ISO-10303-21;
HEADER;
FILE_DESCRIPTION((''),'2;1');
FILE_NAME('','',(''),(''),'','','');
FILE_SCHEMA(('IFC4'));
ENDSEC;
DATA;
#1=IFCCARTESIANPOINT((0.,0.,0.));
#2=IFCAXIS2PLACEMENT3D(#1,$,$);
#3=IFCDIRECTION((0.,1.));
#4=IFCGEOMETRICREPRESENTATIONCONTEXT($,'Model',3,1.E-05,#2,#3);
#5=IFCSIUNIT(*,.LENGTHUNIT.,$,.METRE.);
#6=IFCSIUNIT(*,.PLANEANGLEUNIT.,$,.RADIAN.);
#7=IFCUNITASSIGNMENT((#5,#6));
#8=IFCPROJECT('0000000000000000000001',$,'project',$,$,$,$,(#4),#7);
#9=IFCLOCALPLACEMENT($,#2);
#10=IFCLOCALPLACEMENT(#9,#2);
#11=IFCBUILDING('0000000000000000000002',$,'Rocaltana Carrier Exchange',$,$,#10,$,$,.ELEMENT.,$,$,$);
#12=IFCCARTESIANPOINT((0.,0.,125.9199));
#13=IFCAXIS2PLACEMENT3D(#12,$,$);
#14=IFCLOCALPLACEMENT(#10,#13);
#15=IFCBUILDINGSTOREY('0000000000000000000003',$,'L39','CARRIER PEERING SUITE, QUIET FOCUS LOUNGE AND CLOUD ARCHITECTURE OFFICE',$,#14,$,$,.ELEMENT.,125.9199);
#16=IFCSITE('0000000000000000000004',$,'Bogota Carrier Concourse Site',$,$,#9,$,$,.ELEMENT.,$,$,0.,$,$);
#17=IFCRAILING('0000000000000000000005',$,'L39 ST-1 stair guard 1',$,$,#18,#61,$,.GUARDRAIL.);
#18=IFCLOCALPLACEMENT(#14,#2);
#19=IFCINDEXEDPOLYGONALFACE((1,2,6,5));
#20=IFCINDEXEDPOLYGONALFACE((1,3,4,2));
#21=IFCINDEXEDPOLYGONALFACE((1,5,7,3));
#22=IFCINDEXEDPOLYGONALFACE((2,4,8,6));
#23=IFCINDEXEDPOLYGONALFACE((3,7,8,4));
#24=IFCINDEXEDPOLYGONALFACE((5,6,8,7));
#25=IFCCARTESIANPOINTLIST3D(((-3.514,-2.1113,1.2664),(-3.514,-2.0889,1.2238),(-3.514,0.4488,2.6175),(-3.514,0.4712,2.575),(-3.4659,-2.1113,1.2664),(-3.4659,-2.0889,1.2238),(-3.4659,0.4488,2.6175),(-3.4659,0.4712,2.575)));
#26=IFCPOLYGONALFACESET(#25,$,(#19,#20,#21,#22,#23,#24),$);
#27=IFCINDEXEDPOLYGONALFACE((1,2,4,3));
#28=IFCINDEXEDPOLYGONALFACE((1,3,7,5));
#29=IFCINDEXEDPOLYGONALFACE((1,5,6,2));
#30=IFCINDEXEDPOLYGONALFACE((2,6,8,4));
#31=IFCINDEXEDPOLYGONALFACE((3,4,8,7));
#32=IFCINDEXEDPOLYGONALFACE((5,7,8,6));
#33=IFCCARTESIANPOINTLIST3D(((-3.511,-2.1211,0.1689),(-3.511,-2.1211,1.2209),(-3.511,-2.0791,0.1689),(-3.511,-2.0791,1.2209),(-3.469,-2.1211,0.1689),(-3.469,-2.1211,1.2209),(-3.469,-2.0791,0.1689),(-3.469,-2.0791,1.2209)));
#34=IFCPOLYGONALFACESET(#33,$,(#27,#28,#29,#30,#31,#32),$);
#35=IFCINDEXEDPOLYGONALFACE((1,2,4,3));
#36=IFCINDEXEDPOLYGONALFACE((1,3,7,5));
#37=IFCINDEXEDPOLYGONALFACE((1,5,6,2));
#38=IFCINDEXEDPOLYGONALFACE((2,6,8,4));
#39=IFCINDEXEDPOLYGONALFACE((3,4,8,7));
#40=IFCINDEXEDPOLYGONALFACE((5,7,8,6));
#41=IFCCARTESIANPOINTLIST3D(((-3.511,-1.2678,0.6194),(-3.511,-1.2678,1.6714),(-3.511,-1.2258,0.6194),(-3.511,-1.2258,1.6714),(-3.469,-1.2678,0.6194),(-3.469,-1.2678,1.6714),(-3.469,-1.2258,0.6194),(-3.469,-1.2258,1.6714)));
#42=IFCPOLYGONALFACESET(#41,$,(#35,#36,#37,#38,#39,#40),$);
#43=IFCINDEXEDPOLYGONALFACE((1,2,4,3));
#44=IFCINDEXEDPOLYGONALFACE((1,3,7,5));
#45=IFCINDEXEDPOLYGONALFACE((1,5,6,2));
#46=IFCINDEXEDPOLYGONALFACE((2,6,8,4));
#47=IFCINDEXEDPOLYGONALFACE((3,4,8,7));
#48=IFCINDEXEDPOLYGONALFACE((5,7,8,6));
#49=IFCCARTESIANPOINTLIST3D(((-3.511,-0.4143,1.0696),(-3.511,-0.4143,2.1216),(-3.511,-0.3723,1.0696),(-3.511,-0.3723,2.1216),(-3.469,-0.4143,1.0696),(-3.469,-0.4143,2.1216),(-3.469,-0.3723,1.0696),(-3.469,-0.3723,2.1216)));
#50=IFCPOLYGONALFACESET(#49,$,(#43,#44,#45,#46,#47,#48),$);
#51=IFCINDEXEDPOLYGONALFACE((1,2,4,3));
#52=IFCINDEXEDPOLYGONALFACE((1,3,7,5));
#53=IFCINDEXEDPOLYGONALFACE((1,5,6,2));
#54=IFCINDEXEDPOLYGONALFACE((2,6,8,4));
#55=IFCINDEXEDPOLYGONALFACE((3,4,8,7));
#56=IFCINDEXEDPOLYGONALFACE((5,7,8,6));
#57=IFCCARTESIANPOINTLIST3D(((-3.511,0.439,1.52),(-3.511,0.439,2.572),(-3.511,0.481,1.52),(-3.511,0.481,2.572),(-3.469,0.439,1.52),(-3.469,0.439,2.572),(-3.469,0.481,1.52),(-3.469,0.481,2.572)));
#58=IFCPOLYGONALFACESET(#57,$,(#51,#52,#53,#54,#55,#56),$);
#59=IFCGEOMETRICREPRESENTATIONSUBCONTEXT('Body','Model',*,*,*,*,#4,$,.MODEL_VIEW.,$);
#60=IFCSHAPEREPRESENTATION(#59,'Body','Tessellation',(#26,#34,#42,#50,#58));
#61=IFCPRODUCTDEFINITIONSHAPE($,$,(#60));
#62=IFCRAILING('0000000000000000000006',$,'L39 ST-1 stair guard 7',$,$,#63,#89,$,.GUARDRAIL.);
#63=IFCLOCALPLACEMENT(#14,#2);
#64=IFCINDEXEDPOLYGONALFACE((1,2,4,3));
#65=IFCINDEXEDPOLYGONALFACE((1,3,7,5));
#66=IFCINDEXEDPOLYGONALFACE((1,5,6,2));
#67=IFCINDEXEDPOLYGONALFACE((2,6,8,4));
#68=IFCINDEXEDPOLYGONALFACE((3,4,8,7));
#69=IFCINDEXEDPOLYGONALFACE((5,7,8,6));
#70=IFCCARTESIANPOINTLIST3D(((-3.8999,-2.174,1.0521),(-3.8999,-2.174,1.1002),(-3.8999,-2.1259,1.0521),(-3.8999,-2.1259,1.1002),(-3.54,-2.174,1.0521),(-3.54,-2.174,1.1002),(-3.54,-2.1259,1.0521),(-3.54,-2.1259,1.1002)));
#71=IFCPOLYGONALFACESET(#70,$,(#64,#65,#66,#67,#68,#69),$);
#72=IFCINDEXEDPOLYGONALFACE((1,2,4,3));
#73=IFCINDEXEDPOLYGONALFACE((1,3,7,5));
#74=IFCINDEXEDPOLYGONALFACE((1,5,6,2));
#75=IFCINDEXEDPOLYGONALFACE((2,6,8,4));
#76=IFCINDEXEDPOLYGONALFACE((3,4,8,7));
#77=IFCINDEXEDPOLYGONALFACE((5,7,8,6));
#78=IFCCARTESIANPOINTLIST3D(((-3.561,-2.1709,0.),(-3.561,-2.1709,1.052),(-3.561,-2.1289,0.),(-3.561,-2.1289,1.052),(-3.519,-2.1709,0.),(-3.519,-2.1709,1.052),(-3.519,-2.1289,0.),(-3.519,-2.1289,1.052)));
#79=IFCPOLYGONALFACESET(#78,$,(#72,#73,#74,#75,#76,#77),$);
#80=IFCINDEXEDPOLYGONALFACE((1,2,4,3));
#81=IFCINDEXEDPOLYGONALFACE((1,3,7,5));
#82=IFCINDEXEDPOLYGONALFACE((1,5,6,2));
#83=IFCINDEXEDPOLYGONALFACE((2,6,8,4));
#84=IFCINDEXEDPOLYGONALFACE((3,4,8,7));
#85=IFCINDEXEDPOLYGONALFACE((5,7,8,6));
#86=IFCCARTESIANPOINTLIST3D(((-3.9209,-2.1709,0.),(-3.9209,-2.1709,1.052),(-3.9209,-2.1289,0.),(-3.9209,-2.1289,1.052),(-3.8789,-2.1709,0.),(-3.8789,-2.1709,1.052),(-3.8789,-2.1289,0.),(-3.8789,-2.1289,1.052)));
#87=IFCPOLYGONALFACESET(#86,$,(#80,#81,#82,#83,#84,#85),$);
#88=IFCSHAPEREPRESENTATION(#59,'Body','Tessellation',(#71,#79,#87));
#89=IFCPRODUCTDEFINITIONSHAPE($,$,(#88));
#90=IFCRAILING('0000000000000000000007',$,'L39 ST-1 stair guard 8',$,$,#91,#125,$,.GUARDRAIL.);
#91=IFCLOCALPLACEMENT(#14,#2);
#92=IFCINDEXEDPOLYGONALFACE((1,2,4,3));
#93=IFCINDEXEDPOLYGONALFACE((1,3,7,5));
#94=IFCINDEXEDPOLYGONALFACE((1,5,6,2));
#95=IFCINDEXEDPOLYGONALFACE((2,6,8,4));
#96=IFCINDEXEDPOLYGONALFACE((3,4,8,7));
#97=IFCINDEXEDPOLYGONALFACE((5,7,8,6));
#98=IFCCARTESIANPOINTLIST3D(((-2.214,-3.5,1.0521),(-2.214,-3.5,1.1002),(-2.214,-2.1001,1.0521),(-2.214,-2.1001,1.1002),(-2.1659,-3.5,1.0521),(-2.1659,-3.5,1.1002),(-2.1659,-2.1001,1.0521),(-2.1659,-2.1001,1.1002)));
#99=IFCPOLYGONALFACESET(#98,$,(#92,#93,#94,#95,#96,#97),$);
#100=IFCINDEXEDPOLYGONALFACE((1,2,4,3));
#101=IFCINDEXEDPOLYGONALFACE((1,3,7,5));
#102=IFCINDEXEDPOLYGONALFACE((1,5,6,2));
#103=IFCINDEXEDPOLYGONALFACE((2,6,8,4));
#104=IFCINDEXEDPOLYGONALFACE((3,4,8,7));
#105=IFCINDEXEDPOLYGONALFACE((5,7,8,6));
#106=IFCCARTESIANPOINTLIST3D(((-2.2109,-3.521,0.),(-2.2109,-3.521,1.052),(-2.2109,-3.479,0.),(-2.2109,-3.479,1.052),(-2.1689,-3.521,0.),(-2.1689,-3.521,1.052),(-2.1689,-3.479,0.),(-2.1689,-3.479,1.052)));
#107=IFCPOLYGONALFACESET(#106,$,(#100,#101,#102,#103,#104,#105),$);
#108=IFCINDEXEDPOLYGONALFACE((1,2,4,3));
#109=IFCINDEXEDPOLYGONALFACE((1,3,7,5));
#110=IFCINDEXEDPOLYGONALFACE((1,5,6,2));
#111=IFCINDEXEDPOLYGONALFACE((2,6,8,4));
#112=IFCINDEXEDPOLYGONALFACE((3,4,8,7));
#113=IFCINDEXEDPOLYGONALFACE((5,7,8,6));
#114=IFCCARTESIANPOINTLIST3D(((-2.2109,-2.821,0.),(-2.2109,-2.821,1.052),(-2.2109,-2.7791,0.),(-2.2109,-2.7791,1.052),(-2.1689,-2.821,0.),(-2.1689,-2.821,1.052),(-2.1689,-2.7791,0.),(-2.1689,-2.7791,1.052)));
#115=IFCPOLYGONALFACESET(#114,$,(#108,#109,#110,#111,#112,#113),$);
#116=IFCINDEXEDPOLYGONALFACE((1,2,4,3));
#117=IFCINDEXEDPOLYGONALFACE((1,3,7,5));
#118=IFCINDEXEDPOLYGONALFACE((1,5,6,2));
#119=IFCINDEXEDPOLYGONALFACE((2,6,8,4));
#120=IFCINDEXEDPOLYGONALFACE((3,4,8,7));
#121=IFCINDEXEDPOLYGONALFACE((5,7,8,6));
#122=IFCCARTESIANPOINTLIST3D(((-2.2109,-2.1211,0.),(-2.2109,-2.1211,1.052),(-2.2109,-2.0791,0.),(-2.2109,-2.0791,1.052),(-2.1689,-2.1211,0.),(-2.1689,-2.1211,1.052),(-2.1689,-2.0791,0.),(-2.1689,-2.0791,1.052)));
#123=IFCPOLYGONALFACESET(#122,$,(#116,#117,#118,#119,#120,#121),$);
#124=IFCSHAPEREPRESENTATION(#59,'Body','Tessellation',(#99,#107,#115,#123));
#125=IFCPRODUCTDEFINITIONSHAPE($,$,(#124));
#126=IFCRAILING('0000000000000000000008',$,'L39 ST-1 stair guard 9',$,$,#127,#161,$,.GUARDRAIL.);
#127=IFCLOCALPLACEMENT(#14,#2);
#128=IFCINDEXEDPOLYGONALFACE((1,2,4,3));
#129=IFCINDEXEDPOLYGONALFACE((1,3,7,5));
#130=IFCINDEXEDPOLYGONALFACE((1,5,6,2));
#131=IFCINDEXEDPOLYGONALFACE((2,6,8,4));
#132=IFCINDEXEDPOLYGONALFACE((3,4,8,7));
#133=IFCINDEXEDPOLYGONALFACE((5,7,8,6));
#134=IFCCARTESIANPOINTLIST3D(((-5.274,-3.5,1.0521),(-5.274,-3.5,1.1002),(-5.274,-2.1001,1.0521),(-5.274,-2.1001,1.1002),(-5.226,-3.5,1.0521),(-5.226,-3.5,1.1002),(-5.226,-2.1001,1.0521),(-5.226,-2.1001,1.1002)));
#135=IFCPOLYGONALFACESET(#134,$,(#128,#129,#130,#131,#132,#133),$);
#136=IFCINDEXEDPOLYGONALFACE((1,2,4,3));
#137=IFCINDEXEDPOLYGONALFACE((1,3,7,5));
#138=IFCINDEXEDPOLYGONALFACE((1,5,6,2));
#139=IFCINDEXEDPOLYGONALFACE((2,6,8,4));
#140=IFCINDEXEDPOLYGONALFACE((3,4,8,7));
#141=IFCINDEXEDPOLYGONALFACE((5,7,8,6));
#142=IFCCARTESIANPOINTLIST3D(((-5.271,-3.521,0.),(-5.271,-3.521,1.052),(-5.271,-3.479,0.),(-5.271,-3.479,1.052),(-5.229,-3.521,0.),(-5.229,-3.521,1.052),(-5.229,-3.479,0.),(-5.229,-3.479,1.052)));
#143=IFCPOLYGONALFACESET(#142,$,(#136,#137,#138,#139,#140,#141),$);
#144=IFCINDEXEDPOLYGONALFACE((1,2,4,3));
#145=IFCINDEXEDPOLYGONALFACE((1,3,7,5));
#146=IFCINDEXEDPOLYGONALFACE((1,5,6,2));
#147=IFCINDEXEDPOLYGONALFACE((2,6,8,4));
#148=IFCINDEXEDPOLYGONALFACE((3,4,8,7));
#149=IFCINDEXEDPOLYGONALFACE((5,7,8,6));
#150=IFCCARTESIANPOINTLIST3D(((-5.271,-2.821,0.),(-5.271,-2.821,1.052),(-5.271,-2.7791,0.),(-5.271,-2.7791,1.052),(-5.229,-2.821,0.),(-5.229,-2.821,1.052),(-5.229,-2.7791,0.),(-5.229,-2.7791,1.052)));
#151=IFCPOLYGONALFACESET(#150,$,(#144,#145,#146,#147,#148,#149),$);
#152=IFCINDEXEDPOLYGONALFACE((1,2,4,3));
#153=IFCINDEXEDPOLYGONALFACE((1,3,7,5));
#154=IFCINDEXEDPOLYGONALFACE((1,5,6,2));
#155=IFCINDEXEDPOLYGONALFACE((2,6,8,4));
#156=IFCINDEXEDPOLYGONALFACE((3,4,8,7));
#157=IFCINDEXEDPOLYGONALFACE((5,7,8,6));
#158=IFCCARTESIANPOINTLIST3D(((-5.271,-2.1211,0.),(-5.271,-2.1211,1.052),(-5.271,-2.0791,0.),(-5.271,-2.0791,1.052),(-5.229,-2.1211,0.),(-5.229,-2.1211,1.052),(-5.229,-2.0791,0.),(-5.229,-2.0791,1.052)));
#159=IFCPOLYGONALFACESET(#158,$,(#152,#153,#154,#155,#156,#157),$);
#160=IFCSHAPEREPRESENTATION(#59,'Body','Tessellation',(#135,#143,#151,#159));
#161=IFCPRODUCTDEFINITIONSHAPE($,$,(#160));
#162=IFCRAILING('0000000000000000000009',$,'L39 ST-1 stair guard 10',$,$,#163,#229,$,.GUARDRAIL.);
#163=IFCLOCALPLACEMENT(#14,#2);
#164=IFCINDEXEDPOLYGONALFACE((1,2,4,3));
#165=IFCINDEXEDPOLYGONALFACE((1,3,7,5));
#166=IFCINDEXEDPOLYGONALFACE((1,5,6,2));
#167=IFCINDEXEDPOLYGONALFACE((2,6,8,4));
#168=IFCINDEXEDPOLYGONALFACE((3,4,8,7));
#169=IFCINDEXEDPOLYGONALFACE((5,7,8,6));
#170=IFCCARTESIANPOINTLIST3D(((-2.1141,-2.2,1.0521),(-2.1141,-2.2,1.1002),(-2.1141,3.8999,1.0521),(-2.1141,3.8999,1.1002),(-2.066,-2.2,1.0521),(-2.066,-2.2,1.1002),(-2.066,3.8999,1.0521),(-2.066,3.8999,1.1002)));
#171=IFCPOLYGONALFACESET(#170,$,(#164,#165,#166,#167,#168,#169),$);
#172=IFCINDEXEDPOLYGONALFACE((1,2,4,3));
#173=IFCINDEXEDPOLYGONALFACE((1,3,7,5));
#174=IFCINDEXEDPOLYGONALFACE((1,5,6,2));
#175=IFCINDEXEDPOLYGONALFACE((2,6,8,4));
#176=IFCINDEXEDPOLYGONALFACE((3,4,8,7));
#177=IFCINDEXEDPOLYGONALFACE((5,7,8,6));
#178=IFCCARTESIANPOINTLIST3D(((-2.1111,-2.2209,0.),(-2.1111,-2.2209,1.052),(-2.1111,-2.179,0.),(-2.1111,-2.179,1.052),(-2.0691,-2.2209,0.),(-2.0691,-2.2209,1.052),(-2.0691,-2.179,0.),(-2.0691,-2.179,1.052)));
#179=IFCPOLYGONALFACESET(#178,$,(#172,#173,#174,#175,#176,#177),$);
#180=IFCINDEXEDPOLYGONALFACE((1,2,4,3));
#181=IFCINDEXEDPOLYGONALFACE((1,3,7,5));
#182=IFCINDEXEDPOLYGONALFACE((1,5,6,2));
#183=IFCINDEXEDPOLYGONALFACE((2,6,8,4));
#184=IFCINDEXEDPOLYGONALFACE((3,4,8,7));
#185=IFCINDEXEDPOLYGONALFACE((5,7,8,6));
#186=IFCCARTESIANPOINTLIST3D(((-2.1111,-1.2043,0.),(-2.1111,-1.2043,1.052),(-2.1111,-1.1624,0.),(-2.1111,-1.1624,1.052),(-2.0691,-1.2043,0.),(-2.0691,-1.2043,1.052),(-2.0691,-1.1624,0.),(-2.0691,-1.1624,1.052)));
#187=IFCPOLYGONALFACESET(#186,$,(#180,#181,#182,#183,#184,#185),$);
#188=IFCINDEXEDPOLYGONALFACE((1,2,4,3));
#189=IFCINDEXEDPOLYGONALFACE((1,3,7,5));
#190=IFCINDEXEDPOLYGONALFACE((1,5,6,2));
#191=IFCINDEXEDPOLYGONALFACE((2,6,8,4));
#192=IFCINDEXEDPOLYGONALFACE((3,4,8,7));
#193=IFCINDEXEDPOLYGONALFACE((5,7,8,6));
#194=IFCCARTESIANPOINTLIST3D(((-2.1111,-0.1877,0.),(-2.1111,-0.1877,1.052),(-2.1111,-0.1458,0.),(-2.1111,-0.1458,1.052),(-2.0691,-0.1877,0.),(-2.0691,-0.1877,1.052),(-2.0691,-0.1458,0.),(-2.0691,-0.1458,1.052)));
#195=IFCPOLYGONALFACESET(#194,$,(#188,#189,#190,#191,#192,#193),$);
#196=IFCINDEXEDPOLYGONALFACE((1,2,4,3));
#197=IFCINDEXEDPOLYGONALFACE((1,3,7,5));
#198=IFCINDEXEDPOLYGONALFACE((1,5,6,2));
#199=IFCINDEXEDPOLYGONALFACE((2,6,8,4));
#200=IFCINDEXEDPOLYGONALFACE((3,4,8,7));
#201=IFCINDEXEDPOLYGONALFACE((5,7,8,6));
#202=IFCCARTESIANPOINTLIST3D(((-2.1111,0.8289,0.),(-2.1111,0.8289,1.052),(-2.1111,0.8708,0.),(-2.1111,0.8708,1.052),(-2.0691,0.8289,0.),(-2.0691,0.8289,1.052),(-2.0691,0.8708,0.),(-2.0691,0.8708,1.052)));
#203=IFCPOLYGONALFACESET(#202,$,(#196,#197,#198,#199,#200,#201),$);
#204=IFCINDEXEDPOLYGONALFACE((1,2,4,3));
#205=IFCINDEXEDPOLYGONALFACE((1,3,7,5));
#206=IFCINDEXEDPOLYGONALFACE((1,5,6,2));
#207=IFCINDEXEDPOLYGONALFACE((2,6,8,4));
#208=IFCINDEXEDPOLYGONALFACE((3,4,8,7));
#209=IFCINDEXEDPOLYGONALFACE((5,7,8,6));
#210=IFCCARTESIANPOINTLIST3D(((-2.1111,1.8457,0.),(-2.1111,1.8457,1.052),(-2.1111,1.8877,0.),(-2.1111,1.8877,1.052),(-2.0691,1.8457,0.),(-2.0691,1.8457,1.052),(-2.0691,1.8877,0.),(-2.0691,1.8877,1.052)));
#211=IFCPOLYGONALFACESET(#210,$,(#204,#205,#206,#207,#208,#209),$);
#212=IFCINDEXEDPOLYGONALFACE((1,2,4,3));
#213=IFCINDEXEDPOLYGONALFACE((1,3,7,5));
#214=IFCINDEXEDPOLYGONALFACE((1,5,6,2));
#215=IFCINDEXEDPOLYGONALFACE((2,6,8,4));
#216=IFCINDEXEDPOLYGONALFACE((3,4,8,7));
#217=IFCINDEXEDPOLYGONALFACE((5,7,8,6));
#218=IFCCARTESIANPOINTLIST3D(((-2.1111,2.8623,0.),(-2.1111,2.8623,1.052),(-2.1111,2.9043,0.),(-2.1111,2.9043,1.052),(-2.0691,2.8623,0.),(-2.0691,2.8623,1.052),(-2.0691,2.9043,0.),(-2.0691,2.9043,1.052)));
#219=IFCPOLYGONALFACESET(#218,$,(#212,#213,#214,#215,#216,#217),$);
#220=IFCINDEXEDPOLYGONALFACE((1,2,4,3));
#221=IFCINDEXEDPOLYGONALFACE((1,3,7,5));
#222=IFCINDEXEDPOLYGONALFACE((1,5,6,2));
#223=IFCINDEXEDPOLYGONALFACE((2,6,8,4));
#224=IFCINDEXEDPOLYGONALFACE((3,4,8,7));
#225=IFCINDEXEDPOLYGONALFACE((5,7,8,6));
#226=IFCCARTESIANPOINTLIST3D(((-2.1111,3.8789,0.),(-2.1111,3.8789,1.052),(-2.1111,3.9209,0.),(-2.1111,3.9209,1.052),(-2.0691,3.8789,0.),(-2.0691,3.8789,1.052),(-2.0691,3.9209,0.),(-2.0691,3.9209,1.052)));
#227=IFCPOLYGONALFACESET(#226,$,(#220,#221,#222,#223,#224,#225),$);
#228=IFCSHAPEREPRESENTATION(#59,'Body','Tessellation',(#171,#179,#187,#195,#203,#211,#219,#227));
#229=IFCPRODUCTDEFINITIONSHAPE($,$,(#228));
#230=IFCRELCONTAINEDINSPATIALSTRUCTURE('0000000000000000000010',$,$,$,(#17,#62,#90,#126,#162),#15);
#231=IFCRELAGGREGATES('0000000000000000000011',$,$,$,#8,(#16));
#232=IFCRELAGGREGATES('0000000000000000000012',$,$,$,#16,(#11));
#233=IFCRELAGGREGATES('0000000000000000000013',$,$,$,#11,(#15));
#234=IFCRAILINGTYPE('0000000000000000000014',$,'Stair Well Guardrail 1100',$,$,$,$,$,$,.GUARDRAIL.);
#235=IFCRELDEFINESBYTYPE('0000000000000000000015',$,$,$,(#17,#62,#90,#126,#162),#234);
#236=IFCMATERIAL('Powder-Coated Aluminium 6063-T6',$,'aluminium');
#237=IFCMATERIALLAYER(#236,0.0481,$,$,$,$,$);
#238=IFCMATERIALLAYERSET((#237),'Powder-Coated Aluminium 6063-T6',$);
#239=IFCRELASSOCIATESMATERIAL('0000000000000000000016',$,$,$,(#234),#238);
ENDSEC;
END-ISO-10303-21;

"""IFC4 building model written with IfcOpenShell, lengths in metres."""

from ifc_helpers import new_model, si_unit, direction, frame, origin, origin_2d, place, context, subcontext, project, spatial, rectangle, extrude, material, layer, layer_set, type_object, element, save


model = new_model("IFC4")

# Units and contexts
model_context = context("Model", 3, precision=1e-05, world=origin(), true_north=direction((0.0, 1.0)))
body_context = subcontext(model_context, "Body", "Model", "MODEL_VIEW")
ifc_project = project(units=[si_unit("LENGTHUNIT", "METRE"), si_unit("PLANEANGLEUNIT", "RADIAN")], contexts=[model_context])

# Site, building, storey
site_placement = place(None, origin())
site = spatial("IfcSite", under=ifc_project, at=site_placement, Name="Bogota Carrier Concourse Site", CompositionType="ELEMENT", RefElevation=0.0)
building_placement = place(site_placement, origin())
building = spatial("IfcBuilding", under=site, at=building_placement, Name="Rocaltana Carrier Exchange", CompositionType="ELEMENT")
storey_placement = place(building_placement, frame((0.0, 0.0, 125.9199)))
storey = spatial("IfcBuildingStorey", under=building, at=storey_placement, Name="L39", Description="CARRIER PEERING SUITE, QUIET FOCUS LOUNGE AND CLOUD ARCHITECTURE OFFICE", CompositionType="ELEMENT", Elevation=125.9199)

# Railings
ifc_material_1 = material(Name="Powder-Coated Aluminium 6063-T6", Category="aluminium")
ifc_layer_1 = layer(ifc_material_1, 0.0481)
ifc_layer_set_1 = layer_set([ifc_layer_1], Name="Powder-Coated Aluminium 6063-T6")
railing_type_1 = type_object("IfcRailingType", Name="Stair Well Guardrail 1100", PredefinedType="GUARDRAIL", material=ifc_layer_set_1)
railing_1_placement = place(storey_placement, frame((-3.49, -2.1001, 0.1689)))
element("IfcRailing", 1, at=railing_1_placement, inside=storey, type_object=railing_type_1, Name="L39 ST-1 stair guard 1", PredefinedType="GUARDRAIL", context=body_context, shape_type="SweptSolid", body=[
    extrude(rectangle(XDim=0.0481, YDim=0.0481, at=origin_2d()), frame((0.0, 0.0, 1.0762), z_axis=(0.0, 0.884394, 0.46674), x_axis=(-1.0, 0.0, 0.0)), (0.0, 0.0, 1.0), 2.8948),
    extrude(rectangle(XDim=0.042, YDim=0.042, at=origin_2d()), origin(), (0.0, 0.0, 1.0), 1.052),
    extrude(rectangle(XDim=0.042, YDim=0.042, at=origin_2d()), frame((0.0, 0.8533, 0.4504)), (0.0, 0.0, 1.0), 1.052),
    extrude(rectangle(XDim=0.042, YDim=0.042, at=origin_2d()), frame((0.0, 1.7068, 0.9006)), (0.0, 0.0, 1.0), 1.052),
    extrude(rectangle(XDim=0.042, YDim=0.042, at=origin_2d()), frame((0.0, 2.5601, 1.3511)), (0.0, 0.0, 1.0), 1.052),
])
railing_2_placement = place(storey_placement, frame((-3.54, -2.1499, 0.0)))
element("IfcRailing", 2, at=railing_2_placement, inside=storey, type_object=railing_type_1, Name="L39 ST-1 stair guard 7", PredefinedType="GUARDRAIL", context=body_context, shape_type="SweptSolid", body=[
    extrude(rectangle(XDim=0.0481, YDim=0.0481, at=origin_2d()), frame((0.0, 0.0, 1.0762), z_axis=(-1.0, 0.0, 0.0), x_axis=(0.0, -1.0, 0.0)), (0.0, 0.0, 1.0), 0.3599),
    extrude(rectangle(XDim=0.042, YDim=0.042, at=origin_2d()), origin(), (0.0, 0.0, 1.0), 1.052),
    extrude(rectangle(XDim=0.042, YDim=0.042, at=origin_2d()), frame((-0.3599, 0.0, 0.0)), (0.0, 0.0, 1.0), 1.052),
])
for number, where, name in (
    (3, (-2.1899, -3.5, 0.0), "L39 ST-1 stair guard 8"),
    (4, (-5.25, -3.5, 0.0), "L39 ST-1 stair guard 9"),
):
    element("IfcRailing", number, at=place(storey_placement, frame(where)), inside=storey, type_object=railing_type_1, Name=name, PredefinedType="GUARDRAIL", context=body_context, shape_type="SweptSolid", body=[
        extrude(rectangle(XDim=0.0481, YDim=0.0481, at=origin_2d()), frame((0.0, 0.0, 1.0762), z_axis=(0.0, 1.0, 0.0), x_axis=(-1.0, 0.0, 0.0)), (0.0, 0.0, 1.0), 1.3999),
        extrude(rectangle(XDim=0.042, YDim=0.042, at=origin_2d()), origin(), (0.0, 0.0, 1.0), 1.052),
        extrude(rectangle(XDim=0.042, YDim=0.042, at=origin_2d()), frame((0.0, 0.7, 0.0)), (0.0, 0.0, 1.0), 1.052),
        extrude(rectangle(XDim=0.042, YDim=0.042, at=origin_2d()), frame((0.0, 1.3999, 0.0)), (0.0, 0.0, 1.0), 1.052),
    ])
for number, where, name in (
    (5, (-2.0901, -2.2, 0.0), "L39 ST-1 stair guard 10"),
):
    element("IfcRailing", number, at=place(storey_placement, frame(where)), inside=storey, type_object=railing_type_1, Name=name, PredefinedType="GUARDRAIL", context=body_context, shape_type="SweptSolid", body=[
        extrude(rectangle(XDim=0.0481, YDim=0.0481, at=origin_2d()), frame((0.0, 0.0, 1.0762), z_axis=(0.0, 1.0, 0.0), x_axis=(-1.0, 0.0, 0.0)), (0.0, 0.0, 1.0), 6.0999),
        extrude(rectangle(XDim=0.042, YDim=0.042, at=origin_2d()), origin(), (0.0, 0.0, 1.0), 1.052),
        extrude(rectangle(XDim=0.042, YDim=0.042, at=origin_2d()), frame((0.0, 1.0166, 0.0)), (0.0, 0.0, 1.0), 1.052),
        extrude(rectangle(XDim=0.042, YDim=0.042, at=origin_2d()), frame((0.0, 2.0332, 0.0)), (0.0, 0.0, 1.0), 1.052),
        extrude(rectangle(XDim=0.042, YDim=0.042, at=origin_2d()), frame((0.0, 3.0498, 0.0)), (0.0, 0.0, 1.0), 1.052),
        extrude(rectangle(XDim=0.042, YDim=0.042, at=origin_2d()), frame((0.0, 4.0667, 0.0)), (0.0, 0.0, 1.0), 1.052),
        extrude(rectangle(XDim=0.042, YDim=0.042, at=origin_2d()), frame((0.0, 5.0833, 0.0)), (0.0, 0.0, 1.0), 1.052),
        extrude(rectangle(XDim=0.042, YDim=0.042, at=origin_2d()), frame((0.0, 6.0999, 0.0)), (0.0, 0.0, 1.0), 1.052),
    ])

save(model, "model.ifc")
